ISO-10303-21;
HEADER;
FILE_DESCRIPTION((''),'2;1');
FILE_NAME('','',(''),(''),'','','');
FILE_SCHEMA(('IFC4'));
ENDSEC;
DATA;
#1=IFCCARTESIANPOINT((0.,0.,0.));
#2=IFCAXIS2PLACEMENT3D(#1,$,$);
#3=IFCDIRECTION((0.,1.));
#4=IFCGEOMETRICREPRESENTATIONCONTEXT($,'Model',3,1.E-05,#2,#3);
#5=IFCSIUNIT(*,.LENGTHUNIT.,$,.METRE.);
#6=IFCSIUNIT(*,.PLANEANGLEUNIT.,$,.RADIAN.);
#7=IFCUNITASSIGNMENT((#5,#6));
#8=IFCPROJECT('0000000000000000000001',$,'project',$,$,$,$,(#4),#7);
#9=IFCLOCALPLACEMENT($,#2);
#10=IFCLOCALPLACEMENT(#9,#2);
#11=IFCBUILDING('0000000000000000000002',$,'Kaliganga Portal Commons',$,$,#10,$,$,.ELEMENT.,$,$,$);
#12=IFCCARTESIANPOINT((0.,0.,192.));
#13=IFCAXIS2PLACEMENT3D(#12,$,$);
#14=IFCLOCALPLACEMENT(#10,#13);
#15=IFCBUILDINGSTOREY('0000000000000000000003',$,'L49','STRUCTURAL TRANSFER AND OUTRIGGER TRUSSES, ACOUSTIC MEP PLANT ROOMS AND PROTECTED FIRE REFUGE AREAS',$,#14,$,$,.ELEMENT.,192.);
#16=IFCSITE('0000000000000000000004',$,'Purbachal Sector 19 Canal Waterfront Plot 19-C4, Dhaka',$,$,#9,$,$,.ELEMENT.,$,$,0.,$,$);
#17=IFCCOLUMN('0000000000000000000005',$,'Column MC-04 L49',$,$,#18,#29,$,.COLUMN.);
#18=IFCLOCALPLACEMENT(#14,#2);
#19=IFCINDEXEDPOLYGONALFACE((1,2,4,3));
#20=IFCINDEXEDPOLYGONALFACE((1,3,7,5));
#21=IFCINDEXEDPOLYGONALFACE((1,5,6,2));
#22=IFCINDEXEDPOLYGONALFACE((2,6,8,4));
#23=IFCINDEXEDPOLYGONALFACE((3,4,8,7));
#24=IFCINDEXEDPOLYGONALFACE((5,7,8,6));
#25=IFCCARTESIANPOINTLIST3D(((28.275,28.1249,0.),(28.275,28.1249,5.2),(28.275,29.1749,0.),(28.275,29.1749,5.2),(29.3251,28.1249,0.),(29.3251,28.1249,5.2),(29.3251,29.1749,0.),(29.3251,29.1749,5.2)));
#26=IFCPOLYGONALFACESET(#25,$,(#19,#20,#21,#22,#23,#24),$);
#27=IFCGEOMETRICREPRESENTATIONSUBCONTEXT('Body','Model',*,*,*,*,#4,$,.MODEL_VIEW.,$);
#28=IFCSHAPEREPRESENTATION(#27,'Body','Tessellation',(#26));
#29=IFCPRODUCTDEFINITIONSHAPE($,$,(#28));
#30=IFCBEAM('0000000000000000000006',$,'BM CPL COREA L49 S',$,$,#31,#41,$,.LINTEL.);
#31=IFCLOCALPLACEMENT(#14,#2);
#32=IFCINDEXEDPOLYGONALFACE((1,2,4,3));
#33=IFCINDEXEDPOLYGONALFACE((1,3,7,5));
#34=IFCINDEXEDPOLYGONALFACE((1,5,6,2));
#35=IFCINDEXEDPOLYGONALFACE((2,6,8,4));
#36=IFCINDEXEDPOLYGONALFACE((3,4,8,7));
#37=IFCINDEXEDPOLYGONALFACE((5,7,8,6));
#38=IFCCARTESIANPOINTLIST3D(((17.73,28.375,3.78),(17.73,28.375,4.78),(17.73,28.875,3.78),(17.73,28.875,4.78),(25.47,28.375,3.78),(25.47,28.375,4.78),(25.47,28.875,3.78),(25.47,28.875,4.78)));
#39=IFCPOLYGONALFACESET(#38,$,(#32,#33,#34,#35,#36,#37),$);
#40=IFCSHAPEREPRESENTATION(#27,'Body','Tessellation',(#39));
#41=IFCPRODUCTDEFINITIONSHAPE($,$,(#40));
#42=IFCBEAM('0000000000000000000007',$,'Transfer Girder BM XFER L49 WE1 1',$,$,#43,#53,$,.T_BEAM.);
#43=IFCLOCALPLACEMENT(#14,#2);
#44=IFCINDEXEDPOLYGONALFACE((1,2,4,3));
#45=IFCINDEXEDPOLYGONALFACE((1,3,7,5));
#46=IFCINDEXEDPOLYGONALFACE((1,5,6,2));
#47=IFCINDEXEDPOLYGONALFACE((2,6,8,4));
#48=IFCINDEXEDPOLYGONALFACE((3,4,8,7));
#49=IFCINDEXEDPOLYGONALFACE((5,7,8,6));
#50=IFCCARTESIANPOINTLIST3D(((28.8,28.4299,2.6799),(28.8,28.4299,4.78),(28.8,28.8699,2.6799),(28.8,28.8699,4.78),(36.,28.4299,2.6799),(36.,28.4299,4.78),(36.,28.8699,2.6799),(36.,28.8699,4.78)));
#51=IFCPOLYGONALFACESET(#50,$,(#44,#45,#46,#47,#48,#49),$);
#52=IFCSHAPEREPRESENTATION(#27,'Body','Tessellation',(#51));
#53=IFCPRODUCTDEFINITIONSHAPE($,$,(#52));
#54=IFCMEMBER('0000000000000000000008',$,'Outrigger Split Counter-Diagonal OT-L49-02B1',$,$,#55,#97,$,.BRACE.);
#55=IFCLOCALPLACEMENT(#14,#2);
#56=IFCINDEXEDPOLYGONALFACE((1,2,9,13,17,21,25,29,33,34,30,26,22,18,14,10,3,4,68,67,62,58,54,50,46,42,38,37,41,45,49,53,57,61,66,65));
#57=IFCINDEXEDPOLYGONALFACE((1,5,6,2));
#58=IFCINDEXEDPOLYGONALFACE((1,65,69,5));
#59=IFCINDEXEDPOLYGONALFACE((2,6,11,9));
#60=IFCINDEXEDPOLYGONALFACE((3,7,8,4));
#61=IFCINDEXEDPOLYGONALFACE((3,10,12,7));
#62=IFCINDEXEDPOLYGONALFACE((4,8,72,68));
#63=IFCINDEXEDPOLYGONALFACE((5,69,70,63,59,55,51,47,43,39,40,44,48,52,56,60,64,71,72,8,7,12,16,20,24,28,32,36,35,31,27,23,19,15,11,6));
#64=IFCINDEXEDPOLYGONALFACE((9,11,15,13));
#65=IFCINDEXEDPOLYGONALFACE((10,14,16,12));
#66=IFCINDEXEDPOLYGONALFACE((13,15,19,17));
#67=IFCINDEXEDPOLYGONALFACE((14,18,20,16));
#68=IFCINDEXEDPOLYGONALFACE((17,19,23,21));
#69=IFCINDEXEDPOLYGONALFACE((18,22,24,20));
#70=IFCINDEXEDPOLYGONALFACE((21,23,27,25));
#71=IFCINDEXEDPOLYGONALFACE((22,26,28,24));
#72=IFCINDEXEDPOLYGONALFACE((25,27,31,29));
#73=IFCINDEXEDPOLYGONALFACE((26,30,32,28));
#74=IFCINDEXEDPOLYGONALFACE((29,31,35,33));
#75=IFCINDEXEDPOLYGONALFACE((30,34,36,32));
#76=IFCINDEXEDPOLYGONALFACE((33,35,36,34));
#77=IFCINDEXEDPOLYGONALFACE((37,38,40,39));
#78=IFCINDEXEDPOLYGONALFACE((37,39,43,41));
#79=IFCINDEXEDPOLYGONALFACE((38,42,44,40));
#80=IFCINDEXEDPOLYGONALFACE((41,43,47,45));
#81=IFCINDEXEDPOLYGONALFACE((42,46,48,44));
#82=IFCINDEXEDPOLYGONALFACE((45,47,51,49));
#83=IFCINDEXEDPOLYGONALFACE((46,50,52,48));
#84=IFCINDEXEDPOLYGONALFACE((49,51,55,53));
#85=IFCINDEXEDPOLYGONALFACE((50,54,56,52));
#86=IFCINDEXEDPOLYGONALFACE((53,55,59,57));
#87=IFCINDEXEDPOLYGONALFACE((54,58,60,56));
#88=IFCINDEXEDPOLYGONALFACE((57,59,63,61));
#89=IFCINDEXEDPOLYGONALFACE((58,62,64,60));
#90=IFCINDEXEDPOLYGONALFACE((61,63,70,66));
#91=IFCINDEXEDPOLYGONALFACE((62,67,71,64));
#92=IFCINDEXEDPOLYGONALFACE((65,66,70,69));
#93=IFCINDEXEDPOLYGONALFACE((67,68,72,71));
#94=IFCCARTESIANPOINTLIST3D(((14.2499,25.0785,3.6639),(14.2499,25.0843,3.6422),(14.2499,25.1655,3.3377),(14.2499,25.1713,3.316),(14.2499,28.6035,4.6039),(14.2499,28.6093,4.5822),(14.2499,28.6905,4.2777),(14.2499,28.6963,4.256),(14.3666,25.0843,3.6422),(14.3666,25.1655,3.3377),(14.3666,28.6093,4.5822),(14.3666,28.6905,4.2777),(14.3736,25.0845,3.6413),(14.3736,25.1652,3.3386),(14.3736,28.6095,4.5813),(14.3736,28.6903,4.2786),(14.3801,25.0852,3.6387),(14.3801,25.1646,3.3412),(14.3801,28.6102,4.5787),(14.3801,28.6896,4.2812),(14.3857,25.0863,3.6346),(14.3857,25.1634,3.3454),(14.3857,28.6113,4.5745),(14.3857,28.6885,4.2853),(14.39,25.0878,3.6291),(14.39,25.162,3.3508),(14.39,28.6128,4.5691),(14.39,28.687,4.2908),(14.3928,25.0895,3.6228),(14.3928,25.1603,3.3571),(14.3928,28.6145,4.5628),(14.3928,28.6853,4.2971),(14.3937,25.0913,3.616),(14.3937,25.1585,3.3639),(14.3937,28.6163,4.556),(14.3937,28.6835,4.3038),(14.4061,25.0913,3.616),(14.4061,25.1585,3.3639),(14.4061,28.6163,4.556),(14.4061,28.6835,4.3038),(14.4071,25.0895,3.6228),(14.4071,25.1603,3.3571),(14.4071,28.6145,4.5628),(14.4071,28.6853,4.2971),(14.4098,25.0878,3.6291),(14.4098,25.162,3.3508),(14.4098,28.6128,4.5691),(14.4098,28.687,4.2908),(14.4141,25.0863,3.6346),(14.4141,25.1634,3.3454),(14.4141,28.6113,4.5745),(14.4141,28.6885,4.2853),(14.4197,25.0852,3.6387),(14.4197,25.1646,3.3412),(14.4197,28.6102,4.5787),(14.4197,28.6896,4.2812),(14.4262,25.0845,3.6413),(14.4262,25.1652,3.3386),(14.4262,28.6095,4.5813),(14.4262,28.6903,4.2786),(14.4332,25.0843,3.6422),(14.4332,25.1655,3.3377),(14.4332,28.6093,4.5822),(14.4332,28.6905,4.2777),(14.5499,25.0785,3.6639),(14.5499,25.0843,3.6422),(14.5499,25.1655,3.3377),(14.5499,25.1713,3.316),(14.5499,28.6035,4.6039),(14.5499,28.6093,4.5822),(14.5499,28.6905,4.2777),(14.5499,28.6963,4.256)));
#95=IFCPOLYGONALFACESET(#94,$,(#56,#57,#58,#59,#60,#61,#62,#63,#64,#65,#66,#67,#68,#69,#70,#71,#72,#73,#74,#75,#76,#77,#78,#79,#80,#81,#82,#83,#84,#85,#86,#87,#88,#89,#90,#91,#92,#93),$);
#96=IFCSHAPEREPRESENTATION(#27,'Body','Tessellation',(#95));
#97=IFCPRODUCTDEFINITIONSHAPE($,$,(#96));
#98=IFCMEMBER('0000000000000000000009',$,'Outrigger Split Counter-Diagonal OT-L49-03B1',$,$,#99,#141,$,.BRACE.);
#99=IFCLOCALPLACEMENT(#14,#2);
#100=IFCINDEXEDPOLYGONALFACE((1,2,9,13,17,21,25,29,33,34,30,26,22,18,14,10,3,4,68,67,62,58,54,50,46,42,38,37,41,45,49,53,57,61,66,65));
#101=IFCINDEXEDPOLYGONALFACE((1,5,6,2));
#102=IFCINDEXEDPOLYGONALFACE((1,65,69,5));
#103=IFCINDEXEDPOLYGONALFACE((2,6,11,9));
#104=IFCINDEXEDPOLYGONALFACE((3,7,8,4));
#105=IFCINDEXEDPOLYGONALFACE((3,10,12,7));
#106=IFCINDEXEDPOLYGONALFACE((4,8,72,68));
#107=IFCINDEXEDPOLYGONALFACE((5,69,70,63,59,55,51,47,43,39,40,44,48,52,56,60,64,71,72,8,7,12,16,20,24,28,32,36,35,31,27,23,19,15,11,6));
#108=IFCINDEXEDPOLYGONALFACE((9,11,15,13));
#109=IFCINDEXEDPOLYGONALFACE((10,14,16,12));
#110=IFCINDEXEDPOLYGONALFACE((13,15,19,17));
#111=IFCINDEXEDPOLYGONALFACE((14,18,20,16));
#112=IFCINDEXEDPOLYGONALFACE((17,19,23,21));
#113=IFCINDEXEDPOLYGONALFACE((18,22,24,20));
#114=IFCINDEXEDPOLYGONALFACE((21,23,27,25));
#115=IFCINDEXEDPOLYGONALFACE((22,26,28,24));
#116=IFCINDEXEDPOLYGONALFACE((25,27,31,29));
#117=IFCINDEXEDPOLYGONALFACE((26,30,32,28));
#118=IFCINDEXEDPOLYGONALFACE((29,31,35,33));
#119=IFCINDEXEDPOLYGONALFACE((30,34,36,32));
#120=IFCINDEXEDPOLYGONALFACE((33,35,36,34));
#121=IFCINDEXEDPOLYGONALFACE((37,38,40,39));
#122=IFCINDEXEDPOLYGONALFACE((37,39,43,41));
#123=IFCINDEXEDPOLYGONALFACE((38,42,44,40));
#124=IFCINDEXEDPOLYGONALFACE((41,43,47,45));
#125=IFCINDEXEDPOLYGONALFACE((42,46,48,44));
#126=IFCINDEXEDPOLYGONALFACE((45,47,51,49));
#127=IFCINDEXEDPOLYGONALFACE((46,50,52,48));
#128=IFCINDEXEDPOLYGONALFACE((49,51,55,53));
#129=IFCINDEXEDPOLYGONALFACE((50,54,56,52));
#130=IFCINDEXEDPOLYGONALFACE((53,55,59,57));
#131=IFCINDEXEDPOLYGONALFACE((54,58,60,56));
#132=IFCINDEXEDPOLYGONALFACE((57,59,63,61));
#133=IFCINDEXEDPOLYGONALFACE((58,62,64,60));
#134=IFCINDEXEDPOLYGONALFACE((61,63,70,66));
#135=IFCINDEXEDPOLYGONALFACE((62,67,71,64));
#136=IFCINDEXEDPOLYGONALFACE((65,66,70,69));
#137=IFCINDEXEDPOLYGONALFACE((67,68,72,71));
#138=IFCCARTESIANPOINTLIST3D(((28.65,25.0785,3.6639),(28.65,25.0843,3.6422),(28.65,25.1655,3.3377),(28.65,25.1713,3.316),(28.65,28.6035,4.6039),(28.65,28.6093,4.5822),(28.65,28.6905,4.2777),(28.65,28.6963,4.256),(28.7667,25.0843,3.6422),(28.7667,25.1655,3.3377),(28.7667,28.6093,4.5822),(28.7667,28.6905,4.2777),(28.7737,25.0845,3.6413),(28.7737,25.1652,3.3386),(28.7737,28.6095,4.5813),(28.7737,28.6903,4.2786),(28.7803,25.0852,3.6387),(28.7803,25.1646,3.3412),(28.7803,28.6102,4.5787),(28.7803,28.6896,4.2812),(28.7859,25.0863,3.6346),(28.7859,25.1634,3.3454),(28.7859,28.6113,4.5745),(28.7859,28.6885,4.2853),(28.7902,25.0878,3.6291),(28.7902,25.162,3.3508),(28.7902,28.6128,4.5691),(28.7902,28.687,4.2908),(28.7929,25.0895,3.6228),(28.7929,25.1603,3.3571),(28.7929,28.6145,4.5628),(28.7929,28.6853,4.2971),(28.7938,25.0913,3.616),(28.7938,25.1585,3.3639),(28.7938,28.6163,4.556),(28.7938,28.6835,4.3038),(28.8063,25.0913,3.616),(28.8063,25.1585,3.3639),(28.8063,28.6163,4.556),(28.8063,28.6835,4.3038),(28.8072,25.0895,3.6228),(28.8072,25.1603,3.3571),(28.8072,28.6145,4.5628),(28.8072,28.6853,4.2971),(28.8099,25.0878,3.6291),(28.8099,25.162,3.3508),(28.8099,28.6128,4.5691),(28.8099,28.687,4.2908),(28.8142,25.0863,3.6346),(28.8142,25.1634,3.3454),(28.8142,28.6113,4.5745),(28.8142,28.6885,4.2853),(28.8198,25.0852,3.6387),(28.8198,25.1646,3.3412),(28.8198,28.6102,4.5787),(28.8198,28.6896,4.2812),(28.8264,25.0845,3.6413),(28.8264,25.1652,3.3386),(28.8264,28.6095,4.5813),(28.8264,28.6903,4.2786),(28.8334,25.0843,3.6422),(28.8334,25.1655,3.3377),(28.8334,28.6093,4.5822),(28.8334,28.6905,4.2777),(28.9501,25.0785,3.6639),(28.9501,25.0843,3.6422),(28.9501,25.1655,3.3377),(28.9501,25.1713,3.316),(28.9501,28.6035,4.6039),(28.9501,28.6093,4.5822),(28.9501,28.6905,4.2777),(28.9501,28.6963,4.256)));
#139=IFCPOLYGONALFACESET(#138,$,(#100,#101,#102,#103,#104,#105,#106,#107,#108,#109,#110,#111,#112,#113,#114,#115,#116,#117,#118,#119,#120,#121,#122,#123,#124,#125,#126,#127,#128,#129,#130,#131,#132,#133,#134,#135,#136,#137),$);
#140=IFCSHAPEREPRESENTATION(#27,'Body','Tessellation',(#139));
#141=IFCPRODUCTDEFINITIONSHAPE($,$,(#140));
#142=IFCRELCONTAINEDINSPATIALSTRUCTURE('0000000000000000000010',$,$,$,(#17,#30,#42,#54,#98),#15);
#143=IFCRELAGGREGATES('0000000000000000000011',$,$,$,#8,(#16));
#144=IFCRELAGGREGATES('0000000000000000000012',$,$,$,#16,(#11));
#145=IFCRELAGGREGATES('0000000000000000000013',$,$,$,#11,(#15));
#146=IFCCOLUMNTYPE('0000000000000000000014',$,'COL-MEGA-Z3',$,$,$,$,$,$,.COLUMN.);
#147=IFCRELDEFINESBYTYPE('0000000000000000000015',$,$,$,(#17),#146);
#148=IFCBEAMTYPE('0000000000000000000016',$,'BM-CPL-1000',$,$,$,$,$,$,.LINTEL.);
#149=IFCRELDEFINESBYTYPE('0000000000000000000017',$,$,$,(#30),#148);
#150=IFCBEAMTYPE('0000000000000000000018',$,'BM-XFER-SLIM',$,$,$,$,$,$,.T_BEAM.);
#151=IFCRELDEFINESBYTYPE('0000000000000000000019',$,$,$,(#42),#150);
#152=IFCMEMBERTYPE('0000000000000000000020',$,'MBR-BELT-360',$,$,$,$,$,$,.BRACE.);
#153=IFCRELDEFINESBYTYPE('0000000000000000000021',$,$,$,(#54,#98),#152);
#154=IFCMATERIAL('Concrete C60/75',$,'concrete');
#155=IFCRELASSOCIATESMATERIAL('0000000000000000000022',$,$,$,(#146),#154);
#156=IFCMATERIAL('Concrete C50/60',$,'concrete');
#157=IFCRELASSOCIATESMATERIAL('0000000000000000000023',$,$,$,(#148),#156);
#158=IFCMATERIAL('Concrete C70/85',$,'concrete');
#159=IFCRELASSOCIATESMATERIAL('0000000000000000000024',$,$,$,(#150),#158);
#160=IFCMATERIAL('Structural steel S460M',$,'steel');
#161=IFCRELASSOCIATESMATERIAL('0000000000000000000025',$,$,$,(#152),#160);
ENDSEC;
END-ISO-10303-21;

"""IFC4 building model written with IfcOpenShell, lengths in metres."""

from ifc_helpers import new_model, si_unit, direction, frame, origin, origin_2d, place, context, subcontext, project, spatial, rectangle, i_section, extrude, source, transform, mapped, material, material_profile, profile_set, type_object, element, save


model = new_model("IFC4")

# Units and contexts
model_context = context("Model", 3, precision=1e-05, world=origin(), true_north=direction((0.0, 1.0)))
body_context = subcontext(model_context, "Body", "Model", "MODEL_VIEW")
ifc_project = project(units=[si_unit("LENGTHUNIT", "METRE"), si_unit("PLANEANGLEUNIT", "RADIAN")], contexts=[model_context])

# Site, building, storey
site_placement = place(None, origin())
site = spatial("IfcSite", under=ifc_project, at=site_placement, Name="Purbachal Sector 19 Canal Waterfront Plot 19-C4, Dhaka", CompositionType="ELEMENT", RefElevation=0.0)
building_placement = place(site_placement, origin())
building = spatial("IfcBuilding", under=site, at=building_placement, Name="Kaliganga Portal Commons", CompositionType="ELEMENT")
storey_placement = place(building_placement, frame((0.0, 0.0, 192.0)))
storey = spatial("IfcBuildingStorey", under=building, at=storey_placement, Name="L49", Description="STRUCTURAL TRANSFER AND OUTRIGGER TRUSSES, ACOUSTIC MEP PLANT ROOMS AND PROTECTED FIRE REFUGE AREAS", CompositionType="ELEMENT", Elevation=192.0)

# Column
ifc_material_1 = material(Name="Concrete C60/75", Category="concrete")
ifc_material_profile_1 = material_profile(ifc_material_1, rectangle(XDim=1.05, YDim=1.05, at=origin_2d()), Name="RC 1050x1050")
ifc_profile_set_1 = profile_set([ifc_material_profile_1], Name="Concrete C60/75")
column_type = type_object("IfcColumnType", Name="COL-MEGA-Z3", PredefinedType="COLUMN", material=ifc_profile_set_1)
shared_shape_1 = source(origin(), body_context, "Body", "SweptSolid", [
    extrude(rectangle(XDim=1.05, YDim=1.05, at=origin_2d()), origin(), (0.0, 0.0, 1.0), 5.2),
])
column_placement = place(storey_placement, frame((28.8, 28.6499, 0.0), z_axis=(0.0, 0.0, 1.0), x_axis=(1.0, 0.0, 0.0)))
element("IfcColumn", 1, at=column_placement, inside=storey, type_object=column_type, Name="Column MC-04 L49", PredefinedType="COLUMN", context=body_context, shape_type="MappedRepresentation", body=[
    mapped(shared_shape_1, transform((0.0, 0.0, 0.0), x_axis=(1.0, 0.0, 0.0), y_axis=(0.0, 1.0, 0.0), z_axis=(0.0, 0.0, 1.0), scale=1.0)),
])

# Beams
ifc_material_2 = material(Name="Concrete C50/60", Category="concrete")
ifc_material_profile_2 = material_profile(ifc_material_2, rectangle(XDim=0.5, YDim=1.0, at=origin_2d()), Name="RC 500x1000")
ifc_profile_set_2 = profile_set([ifc_material_profile_2], Name="Concrete C50/60")
beam_type_1 = type_object("IfcBeamType", Name="BM-CPL-1000", PredefinedType="LINTEL", material=ifc_profile_set_2)
shared_shape_2 = source(origin(), body_context, "Body", "SweptSolid", [
    extrude(rectangle(XDim=0.5, YDim=1.0, at=origin_2d()), origin(), (0.0, 0.0, 1.0), 7.74),
])
beam_1_placement = place(storey_placement, frame((17.73, 28.625, 4.28), z_axis=(1.0, 0.0, 0.0), x_axis=(0.0, 1.0, 0.0)))
element("IfcBeam", 2, at=beam_1_placement, inside=storey, type_object=beam_type_1, Name="BM CPL COREA L49 S", PredefinedType="LINTEL", context=body_context, shape_type="MappedRepresentation", body=[
    mapped(shared_shape_2, transform((0.0, 0.0, 0.0), x_axis=(1.0, 0.0, 0.0), y_axis=(0.0, 1.0, 0.0), z_axis=(0.0, 0.0, 1.0), scale=1.0)),
])
ifc_material_3 = material(Name="Concrete C70/85", Category="concrete")
ifc_material_profile_3 = material_profile(ifc_material_3, rectangle(XDim=0.4399, YDim=2.1001, at=origin_2d()), Name="RC 440x2100")
ifc_profile_set_3 = profile_set([ifc_material_profile_3], Name="Concrete C70/85")
beam_type_2 = type_object("IfcBeamType", Name="BM-XFER-SLIM", PredefinedType="T_BEAM", material=ifc_profile_set_3)
shared_shape_3 = source(origin(), body_context, "Body", "SweptSolid", [
    extrude(rectangle(XDim=0.4399, YDim=2.1001, at=origin_2d()), origin(), (0.0, 0.0, 1.0), 7.2),
])
beam_2_placement = place(storey_placement, frame((28.8, 28.6499, 3.73), z_axis=(1.0, 0.0, 0.0), x_axis=(0.0, 1.0, 0.0)))
element("IfcBeam", 3, at=beam_2_placement, inside=storey, type_object=beam_type_2, Name="Transfer Girder BM XFER L49 WE1 1", PredefinedType="T_BEAM", context=body_context, shape_type="MappedRepresentation", body=[
    mapped(shared_shape_3, transform((0.0, 0.0, 0.0), x_axis=(1.0, 0.0, 0.0), y_axis=(0.0, 1.0, 0.0), z_axis=(0.0, 0.0, 1.0), scale=1.0)),
])

# Members
ifc_material_4 = material(Name="Structural steel S460M", Category="steel")
ifc_material_profile_4 = material_profile(ifc_material_4, i_section(OverallWidth=0.3, OverallDepth=0.3601, WebThickness=0.0125, FlangeThickness=0.0225, FilletRadius=0.0271, at=origin_2d()), Name="HE 360 B")
ifc_profile_set_4 = profile_set([ifc_material_profile_4], Name="Structural steel S460M wide-flange")
member_type_1 = type_object("IfcMemberType", Name="MBR-BELT-360", PredefinedType="BRACE", material=ifc_profile_set_4)
shared_shape_4 = source(origin(), body_context, "Body", "SweptSolid", [
    extrude(i_section(OverallWidth=0.3, OverallDepth=0.3601, WebThickness=0.0125, FlangeThickness=0.0225, FilletRadius=0.0271, at=origin_2d()), origin(), (0.0, 0.0, 1.0), 3.6482),
])
for number, where, z_axis, x_axis, name in (
    (4, (14.3999, 28.6499, 4.4299), (0.0, -0.966237, -0.257654), (1.0, 0.0, 0.0), "Outrigger Split Counter-Diagonal OT-L49-02B1"),
    (5, (28.8, 28.6499, 4.4299), (0.0, -0.966237, -0.257654), (1.0, 0.0, 0.0), "Outrigger Split Counter-Diagonal OT-L49-03B1"),
):
    element("IfcMember", number, at=place(storey_placement, frame(where, z_axis=z_axis, x_axis=x_axis)), inside=storey, type_object=member_type_1, Name=name, PredefinedType="BRACE", context=body_context, shape_type="MappedRepresentation", body=[
        mapped(shared_shape_4, transform((0.0, 0.0, 0.0), x_axis=(1.0, 0.0, 0.0), y_axis=(0.0, 1.0, 0.0), z_axis=(0.0, 0.0, 1.0), scale=1.0)),
    ])

save(model, "model.ifc")
